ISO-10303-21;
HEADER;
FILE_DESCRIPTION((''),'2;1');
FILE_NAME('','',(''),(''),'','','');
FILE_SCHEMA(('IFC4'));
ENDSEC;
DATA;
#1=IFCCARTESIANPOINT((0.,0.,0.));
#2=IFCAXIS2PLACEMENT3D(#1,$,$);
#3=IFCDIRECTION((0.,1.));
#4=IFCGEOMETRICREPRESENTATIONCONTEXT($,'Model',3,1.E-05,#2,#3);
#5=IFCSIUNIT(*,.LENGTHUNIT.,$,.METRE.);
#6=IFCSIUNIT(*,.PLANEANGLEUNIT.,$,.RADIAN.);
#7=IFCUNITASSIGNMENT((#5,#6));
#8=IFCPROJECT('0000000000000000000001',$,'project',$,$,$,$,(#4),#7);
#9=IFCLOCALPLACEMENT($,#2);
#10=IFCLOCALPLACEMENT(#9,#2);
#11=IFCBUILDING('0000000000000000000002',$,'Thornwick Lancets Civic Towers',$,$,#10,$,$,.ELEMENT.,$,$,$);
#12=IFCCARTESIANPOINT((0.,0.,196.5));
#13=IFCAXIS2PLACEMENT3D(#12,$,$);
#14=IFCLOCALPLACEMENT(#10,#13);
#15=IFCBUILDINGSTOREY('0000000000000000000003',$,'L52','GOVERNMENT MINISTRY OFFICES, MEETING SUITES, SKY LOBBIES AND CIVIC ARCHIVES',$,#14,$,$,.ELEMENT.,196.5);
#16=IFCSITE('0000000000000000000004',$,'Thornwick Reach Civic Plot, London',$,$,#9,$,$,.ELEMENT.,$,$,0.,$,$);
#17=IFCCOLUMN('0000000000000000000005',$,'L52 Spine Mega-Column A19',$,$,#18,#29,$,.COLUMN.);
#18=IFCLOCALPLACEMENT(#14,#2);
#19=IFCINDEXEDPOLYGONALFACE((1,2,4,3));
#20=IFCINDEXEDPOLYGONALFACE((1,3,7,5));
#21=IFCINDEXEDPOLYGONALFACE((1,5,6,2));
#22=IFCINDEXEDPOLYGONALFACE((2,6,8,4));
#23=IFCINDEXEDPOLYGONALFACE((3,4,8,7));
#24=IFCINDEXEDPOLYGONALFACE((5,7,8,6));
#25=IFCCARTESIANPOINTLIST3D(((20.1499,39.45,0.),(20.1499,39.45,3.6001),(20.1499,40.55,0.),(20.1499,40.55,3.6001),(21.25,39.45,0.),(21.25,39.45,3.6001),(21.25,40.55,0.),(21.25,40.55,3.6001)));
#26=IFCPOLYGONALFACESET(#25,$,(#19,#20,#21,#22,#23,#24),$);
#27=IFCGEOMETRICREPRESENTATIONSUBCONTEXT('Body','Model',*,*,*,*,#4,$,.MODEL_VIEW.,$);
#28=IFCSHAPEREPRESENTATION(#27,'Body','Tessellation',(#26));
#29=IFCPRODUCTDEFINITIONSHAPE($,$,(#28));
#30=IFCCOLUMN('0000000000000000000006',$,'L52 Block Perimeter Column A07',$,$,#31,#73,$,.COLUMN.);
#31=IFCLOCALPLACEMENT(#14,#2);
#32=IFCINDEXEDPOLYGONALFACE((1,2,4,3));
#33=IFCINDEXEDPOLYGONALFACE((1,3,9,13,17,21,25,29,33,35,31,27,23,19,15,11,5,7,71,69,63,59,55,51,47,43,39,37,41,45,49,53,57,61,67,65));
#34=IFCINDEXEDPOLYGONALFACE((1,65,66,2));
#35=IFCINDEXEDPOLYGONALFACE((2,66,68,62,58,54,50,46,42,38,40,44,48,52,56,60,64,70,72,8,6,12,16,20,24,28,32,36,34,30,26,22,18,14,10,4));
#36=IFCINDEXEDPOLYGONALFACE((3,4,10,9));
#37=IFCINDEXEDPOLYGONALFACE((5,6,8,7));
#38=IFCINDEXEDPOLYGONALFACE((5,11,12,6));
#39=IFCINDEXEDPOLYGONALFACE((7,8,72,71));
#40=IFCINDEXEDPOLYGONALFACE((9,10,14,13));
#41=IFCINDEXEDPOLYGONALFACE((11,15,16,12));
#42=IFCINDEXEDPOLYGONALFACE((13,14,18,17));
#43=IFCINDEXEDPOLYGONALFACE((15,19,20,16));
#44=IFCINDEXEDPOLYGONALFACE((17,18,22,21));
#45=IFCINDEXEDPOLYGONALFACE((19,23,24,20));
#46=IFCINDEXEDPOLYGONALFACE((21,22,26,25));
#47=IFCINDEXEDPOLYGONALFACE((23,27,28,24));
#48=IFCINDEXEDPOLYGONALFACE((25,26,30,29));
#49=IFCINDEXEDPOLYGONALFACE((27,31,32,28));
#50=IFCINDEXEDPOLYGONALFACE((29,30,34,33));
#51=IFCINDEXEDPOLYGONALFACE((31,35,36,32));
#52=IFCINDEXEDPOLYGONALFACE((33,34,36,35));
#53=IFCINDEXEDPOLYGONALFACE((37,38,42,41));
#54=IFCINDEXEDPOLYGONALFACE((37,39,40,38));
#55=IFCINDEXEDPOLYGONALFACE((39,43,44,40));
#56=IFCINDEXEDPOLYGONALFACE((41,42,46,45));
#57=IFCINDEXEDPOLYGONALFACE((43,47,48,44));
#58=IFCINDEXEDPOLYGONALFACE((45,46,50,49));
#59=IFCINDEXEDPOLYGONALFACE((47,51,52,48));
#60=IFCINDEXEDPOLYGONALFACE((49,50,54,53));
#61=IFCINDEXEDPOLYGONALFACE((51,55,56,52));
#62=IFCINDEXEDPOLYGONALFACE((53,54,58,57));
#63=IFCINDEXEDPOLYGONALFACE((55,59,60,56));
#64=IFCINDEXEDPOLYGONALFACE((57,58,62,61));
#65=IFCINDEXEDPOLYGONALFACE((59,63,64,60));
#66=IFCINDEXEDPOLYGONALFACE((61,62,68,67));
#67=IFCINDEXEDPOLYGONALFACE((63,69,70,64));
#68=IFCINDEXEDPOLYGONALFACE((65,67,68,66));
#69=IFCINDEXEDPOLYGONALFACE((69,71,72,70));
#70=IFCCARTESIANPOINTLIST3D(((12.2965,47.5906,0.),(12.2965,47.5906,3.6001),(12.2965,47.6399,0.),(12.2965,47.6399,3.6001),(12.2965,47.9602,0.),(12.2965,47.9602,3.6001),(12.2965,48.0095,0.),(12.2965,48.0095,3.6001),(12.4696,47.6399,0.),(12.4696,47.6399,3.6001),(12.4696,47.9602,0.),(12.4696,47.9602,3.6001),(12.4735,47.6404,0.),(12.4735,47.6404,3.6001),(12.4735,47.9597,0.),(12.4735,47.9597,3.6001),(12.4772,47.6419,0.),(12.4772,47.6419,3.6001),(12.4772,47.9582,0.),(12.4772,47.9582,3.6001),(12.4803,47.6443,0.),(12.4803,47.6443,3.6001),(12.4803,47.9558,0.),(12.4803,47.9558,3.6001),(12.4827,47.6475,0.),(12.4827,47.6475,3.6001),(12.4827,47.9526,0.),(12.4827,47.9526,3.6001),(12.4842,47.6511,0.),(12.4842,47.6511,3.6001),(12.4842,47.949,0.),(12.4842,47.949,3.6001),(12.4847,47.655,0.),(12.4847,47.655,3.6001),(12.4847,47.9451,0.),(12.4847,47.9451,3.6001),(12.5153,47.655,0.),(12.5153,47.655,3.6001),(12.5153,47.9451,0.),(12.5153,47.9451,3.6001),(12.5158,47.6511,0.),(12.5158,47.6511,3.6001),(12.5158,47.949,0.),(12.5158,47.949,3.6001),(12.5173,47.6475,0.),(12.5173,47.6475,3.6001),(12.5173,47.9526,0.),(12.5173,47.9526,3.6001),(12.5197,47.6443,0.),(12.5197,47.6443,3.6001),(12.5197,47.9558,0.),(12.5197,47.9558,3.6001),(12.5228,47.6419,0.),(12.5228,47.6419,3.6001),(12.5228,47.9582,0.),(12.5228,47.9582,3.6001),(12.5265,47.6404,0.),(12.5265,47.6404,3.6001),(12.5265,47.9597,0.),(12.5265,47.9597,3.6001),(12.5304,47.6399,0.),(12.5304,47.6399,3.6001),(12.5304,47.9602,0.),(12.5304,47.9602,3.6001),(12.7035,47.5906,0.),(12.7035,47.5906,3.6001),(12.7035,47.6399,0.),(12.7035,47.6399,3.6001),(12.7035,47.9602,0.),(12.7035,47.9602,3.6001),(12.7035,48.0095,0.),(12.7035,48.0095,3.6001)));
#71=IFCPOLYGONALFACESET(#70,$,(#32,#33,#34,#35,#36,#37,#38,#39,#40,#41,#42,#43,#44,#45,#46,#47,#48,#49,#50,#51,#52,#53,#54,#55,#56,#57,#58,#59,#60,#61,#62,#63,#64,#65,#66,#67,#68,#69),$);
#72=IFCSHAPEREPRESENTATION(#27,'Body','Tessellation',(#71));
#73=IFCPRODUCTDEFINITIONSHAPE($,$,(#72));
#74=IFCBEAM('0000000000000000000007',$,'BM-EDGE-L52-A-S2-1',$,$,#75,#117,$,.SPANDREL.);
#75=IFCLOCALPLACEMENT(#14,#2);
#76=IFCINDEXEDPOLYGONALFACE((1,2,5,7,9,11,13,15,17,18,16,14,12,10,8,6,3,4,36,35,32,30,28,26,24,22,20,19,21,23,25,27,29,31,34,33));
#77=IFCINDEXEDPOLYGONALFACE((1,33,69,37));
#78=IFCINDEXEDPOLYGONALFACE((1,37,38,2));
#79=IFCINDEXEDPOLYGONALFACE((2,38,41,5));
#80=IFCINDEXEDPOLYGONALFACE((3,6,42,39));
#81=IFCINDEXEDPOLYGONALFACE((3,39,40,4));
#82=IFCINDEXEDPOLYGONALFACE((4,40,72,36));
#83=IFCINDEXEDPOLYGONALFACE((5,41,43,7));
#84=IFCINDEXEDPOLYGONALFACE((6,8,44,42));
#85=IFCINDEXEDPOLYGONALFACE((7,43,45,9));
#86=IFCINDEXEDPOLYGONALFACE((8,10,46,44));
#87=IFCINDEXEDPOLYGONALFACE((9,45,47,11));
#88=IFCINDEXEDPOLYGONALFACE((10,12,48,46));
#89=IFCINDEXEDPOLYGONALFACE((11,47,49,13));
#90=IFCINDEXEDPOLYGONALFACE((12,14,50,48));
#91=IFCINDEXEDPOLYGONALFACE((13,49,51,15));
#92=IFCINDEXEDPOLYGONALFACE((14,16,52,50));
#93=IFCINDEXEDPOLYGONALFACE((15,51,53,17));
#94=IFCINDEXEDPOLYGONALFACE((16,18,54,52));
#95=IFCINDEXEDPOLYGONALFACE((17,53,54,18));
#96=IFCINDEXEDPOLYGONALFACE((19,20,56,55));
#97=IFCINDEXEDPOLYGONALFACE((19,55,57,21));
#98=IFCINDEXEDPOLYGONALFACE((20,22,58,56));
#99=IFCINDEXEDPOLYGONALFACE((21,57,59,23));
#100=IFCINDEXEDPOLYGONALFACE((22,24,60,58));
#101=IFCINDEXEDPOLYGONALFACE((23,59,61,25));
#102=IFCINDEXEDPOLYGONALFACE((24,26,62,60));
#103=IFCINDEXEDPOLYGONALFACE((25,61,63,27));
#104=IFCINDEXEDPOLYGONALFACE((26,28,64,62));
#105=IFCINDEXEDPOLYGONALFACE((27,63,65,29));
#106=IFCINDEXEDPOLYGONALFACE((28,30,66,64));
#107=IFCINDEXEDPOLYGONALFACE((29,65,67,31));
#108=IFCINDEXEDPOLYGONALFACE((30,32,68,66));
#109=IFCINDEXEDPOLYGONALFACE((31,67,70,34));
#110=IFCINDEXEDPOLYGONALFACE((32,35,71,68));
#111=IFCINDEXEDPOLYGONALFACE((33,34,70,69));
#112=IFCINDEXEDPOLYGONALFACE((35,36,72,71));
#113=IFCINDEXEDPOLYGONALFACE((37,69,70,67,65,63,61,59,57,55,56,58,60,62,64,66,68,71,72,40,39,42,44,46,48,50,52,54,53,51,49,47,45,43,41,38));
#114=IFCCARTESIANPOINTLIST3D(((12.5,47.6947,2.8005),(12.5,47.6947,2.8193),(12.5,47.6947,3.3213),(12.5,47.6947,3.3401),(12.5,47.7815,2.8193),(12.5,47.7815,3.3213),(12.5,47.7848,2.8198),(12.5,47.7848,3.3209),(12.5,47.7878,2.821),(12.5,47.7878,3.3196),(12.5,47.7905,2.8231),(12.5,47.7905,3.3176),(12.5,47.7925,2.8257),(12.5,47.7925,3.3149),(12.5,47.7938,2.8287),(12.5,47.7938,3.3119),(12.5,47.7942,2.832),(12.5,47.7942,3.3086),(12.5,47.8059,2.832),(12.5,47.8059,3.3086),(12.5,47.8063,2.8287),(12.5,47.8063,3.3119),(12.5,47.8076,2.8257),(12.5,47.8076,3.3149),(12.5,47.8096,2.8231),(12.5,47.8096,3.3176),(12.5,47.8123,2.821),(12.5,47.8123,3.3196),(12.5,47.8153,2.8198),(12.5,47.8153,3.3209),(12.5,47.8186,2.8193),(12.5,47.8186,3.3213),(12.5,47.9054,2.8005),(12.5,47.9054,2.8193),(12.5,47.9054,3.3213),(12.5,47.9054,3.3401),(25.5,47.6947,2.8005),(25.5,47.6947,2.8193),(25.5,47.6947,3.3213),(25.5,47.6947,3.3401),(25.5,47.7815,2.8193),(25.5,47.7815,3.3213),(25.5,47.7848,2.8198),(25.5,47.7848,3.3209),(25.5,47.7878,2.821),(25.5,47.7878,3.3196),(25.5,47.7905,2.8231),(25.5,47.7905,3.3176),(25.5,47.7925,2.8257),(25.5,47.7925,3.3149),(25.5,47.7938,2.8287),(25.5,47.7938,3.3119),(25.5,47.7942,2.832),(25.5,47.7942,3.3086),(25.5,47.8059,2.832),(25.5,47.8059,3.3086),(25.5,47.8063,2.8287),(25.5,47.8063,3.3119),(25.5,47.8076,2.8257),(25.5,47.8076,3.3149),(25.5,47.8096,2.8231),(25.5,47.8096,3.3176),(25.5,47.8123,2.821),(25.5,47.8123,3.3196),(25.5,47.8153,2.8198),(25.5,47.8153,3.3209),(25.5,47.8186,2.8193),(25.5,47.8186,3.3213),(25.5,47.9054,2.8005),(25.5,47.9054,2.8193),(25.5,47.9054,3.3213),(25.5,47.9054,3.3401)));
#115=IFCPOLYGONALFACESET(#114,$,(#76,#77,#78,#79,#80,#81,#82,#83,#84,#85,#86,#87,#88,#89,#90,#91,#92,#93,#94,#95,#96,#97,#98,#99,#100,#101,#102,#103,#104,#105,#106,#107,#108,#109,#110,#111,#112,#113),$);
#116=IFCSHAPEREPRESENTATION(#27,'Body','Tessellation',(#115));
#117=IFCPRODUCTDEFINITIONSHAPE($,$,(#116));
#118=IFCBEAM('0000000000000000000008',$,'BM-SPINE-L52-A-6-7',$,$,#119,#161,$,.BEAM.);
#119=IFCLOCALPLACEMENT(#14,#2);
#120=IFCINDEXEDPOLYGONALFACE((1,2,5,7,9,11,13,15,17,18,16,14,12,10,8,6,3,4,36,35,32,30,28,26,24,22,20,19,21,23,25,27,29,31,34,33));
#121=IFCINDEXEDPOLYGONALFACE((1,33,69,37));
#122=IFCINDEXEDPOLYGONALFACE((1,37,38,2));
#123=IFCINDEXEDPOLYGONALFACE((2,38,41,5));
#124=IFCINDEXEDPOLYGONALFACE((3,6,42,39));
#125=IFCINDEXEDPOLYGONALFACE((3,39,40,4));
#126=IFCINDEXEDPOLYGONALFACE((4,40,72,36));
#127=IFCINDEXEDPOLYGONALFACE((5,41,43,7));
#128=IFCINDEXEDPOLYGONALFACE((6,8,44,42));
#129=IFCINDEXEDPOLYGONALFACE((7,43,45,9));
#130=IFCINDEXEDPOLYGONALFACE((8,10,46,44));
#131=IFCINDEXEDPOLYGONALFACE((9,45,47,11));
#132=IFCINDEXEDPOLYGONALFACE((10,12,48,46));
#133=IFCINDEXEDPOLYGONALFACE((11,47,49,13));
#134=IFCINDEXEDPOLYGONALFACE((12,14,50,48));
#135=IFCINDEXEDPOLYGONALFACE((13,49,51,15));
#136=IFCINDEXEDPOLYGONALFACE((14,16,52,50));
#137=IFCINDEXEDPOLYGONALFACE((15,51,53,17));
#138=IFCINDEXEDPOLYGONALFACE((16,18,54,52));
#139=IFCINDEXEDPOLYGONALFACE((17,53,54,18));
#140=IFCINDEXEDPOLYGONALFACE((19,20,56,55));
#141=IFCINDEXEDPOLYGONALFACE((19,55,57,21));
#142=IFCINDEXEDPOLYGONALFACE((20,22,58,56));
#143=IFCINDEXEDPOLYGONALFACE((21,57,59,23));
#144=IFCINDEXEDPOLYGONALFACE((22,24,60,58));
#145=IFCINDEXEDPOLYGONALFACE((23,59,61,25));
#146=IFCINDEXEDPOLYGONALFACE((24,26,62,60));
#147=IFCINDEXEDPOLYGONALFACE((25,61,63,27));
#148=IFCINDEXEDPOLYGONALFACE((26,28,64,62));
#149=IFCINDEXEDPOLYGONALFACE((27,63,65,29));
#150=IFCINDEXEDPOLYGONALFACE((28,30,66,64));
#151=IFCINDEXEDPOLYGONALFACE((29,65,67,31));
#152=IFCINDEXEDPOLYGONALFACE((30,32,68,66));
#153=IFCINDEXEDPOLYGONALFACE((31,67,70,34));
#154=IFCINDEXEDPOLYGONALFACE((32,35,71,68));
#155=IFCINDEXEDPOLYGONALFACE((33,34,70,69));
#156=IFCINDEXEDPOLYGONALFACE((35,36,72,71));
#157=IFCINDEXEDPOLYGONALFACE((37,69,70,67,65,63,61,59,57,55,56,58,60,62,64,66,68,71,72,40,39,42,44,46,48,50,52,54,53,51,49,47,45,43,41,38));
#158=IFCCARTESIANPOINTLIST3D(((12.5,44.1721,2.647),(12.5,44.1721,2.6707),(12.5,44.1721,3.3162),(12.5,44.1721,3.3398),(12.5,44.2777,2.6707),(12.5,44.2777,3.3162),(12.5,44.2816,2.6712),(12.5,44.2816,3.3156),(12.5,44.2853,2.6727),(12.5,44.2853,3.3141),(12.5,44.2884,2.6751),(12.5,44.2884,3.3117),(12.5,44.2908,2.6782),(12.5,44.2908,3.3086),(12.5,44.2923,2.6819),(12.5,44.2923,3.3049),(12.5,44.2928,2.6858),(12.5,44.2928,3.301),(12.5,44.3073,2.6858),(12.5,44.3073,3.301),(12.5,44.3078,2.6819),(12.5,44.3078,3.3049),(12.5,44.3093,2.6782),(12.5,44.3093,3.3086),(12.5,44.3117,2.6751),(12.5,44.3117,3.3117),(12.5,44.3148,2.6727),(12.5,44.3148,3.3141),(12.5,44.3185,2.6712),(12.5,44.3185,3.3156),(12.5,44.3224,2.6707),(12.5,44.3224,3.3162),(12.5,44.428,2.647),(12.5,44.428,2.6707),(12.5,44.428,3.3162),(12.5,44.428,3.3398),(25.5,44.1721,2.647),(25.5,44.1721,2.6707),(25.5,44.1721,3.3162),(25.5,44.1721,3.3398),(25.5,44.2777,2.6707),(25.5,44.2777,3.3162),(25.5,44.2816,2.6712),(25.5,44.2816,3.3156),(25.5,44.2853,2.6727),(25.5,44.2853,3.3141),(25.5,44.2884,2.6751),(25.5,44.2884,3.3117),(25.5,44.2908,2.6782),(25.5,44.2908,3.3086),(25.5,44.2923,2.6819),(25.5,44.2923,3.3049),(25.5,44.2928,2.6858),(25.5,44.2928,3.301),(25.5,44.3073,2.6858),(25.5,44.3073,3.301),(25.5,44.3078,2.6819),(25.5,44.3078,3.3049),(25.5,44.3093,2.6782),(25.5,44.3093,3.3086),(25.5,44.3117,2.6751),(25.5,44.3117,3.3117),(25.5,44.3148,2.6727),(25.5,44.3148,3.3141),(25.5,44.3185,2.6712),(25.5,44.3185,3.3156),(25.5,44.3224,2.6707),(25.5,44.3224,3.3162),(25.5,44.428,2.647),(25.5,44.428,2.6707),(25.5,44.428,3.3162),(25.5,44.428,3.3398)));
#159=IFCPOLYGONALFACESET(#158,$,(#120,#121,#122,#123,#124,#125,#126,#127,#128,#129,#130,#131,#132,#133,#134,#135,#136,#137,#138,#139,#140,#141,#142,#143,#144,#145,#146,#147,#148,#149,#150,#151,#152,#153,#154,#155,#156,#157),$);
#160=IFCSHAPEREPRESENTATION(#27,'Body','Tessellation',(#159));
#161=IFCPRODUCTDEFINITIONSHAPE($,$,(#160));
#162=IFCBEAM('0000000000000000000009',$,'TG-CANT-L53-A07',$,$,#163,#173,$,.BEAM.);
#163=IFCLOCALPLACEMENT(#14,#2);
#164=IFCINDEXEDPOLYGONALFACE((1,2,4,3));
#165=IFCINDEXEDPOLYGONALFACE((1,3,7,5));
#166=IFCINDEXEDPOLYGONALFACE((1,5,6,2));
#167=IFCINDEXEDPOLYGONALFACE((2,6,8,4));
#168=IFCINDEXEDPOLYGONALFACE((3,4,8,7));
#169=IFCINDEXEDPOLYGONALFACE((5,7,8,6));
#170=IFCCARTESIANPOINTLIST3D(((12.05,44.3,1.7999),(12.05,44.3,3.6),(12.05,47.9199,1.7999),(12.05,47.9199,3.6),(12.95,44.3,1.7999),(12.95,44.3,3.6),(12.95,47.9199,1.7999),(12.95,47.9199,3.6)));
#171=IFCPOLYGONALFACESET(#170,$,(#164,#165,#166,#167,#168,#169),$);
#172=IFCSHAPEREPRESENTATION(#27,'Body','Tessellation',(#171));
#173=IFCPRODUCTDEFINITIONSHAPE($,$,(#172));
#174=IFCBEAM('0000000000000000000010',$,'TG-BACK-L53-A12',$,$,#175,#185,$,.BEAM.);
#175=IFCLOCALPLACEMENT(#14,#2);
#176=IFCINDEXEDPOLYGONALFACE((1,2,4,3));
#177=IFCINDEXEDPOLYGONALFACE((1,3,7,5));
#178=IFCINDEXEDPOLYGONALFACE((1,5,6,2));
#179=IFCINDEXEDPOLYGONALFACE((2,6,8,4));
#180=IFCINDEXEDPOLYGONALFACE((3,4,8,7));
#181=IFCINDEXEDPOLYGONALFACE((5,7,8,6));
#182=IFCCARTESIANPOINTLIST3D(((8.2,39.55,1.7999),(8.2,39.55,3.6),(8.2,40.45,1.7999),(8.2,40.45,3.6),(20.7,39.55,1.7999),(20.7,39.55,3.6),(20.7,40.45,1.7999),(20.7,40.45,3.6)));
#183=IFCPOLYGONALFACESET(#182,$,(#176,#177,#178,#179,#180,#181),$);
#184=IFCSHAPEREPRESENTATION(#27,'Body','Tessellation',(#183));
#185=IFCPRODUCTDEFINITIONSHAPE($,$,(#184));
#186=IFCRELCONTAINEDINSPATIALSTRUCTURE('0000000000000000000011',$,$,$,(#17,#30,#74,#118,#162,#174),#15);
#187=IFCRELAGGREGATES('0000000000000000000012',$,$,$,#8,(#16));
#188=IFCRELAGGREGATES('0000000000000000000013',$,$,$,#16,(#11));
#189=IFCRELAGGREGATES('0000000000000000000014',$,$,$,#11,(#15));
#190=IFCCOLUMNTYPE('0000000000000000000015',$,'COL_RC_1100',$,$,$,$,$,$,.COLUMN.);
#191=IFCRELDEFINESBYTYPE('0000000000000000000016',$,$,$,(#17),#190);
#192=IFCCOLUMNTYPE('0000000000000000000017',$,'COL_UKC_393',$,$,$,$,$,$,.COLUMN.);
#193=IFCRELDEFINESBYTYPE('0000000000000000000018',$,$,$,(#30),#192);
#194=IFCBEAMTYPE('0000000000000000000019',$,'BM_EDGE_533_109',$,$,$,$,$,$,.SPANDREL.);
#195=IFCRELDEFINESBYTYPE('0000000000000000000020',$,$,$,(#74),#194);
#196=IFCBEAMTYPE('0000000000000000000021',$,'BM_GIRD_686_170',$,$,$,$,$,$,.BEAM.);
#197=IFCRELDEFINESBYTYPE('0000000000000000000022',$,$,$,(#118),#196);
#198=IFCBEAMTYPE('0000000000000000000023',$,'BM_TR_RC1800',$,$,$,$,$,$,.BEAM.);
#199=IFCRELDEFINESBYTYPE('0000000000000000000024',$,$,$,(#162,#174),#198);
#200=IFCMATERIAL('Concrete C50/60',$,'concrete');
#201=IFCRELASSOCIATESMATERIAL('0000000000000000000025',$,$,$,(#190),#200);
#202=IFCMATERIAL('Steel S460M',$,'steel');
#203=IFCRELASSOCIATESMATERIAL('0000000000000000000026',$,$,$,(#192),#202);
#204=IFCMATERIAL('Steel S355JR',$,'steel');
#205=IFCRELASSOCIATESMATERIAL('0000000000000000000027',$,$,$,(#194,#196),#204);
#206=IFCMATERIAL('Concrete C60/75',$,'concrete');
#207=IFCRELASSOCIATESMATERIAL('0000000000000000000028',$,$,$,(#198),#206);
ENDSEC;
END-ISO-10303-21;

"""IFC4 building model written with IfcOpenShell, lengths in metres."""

from ifc_helpers import new_model, si_unit, direction, frame, origin, origin_2d, place, context, subcontext, project, spatial, rectangle, i_section, extrude, material, material_profile, profile_set, type_object, element, save


model = new_model("IFC4")

# Units and contexts
model_context = context("Model", 3, precision=1e-05, world=origin(), true_north=direction((0.0, 1.0)))
body_context = subcontext(model_context, "Body", "Model", "MODEL_VIEW")
ifc_project = project(units=[si_unit("LENGTHUNIT", "METRE"), si_unit("PLANEANGLEUNIT", "RADIAN")], contexts=[model_context])

# Site, building, storey
site_placement = place(None, origin())
site = spatial("IfcSite", under=ifc_project, at=site_placement, Name="Thornwick Reach Civic Plot, London", CompositionType="ELEMENT", RefElevation=0.0)
building_placement = place(site_placement, origin())
building = spatial("IfcBuilding", under=site, at=building_placement, Name="Thornwick Lancets Civic Towers", CompositionType="ELEMENT")
storey_placement = place(building_placement, frame((0.0, 0.0, 196.5)))
storey = spatial("IfcBuildingStorey", under=building, at=storey_placement, Name="L52", Description="GOVERNMENT MINISTRY OFFICES, MEETING SUITES, SKY LOBBIES AND CIVIC ARCHIVES", CompositionType="ELEMENT", Elevation=196.5)

# Columns
ifc_material_1 = material(Name="Concrete C50/60", Category="concrete")
ifc_material_profile_1 = material_profile(ifc_material_1, rectangle(XDim=1.1001, YDim=1.1001, at=origin_2d()), Name="RC 1100x1100")
ifc_profile_set_1 = profile_set([ifc_material_profile_1], Name="Concrete C50/60")
column_type_1 = type_object("IfcColumnType", Name="COL_RC_1100", PredefinedType="COLUMN", material=ifc_profile_set_1)
column_1_placement = place(storey_placement, frame((20.7, 40.0, 0.0), z_axis=(0.0, 0.0, 1.0), x_axis=(1.0, 0.0, 0.0)))
element("IfcColumn", 1, at=column_1_placement, inside=storey, type_object=column_type_1, Name="L52 Spine Mega-Column A19", PredefinedType="COLUMN", context=body_context, shape_type="SweptSolid", body=[
    extrude(rectangle(XDim=1.1001, YDim=1.1001, at=origin_2d()), origin(), (0.0, 0.0, 1.0), 3.6001),
])
ifc_material_2 = material(Name="Steel S460M", Category="steel")
ifc_material_profile_2 = material_profile(ifc_material_2, i_section(OverallWidth=0.407, OverallDepth=0.4189, WebThickness=0.0305, FlangeThickness=0.0493, FilletRadius=0.0151, at=origin_2d()), Name="UKC 356x406x393")
ifc_profile_set_2 = profile_set([ifc_material_profile_2], Name="Steel S460M")
column_type_2 = type_object("IfcColumnType", Name="COL_UKC_393", PredefinedType="COLUMN", material=ifc_profile_set_2)
column_2_placement = place(storey_placement, frame((12.5, 47.8, 0.0), z_axis=(0.0, 0.0, 1.0), x_axis=(1.0, 0.0, 0.0)))
element("IfcColumn", 2, at=column_2_placement, inside=storey, type_object=column_type_2, Name="L52 Block Perimeter Column A07", PredefinedType="COLUMN", context=body_context, shape_type="SweptSolid", body=[
    extrude(i_section(OverallWidth=0.407, OverallDepth=0.4189, WebThickness=0.0305, FlangeThickness=0.0493, FilletRadius=0.0151, at=origin_2d()), origin(), (0.0, 0.0, 1.0), 3.6001),
])

# Beams
ifc_material_3 = material(Name="Steel S355JR", Category="steel")
ifc_material_profile_3 = material_profile(ifc_material_3, i_section(OverallWidth=0.2107, OverallDepth=0.5396, WebThickness=0.0117, FlangeThickness=0.0188, FilletRadius=0.0127, at=origin_2d()), Name="UKB 533x210x109")
ifc_profile_set_3 = profile_set([ifc_material_profile_3], Name="Steel S355JR")
beam_type_1 = type_object("IfcBeamType", Name="BM_EDGE_533_109", PredefinedType="SPANDREL", material=ifc_profile_set_3)
beam_1_placement = place(storey_placement, frame((12.5, 47.8, 3.0703), z_axis=(1.0, 0.0, 0.0), x_axis=(0.0, 1.0, 0.0)))
element("IfcBeam", 3, at=beam_1_placement, inside=storey, type_object=beam_type_1, Name="BM-EDGE-L52-A-S2-1", PredefinedType="SPANDREL", context=body_context, shape_type="SweptSolid", body=[
    extrude(i_section(OverallWidth=0.2107, OverallDepth=0.5396, WebThickness=0.0117, FlangeThickness=0.0188, FilletRadius=0.0127, at=origin_2d()), origin(), (0.0, 0.0, 1.0), 13.0),
])
ifc_material_profile_4 = material_profile(ifc_material_3, i_section(OverallWidth=0.2559, OverallDepth=0.6929, WebThickness=0.0144, FlangeThickness=0.0237, FilletRadius=0.0151, at=origin_2d()), Name="UKB 686x254x170")
ifc_profile_set_4 = profile_set([ifc_material_profile_4], Name="Steel S355JR")
beam_type_2 = type_object("IfcBeamType", Name="BM_GIRD_686_170", PredefinedType="BEAM", material=ifc_profile_set_4)
beam_2_placement = place(storey_placement, frame((12.5, 44.3, 2.9934), z_axis=(1.0, 0.0, 0.0), x_axis=(0.0, 1.0, 0.0)))
element("IfcBeam", 4, at=beam_2_placement, inside=storey, type_object=beam_type_2, Name="BM-SPINE-L52-A-6-7", PredefinedType="BEAM", context=body_context, shape_type="SweptSolid", body=[
    extrude(i_section(OverallWidth=0.2559, OverallDepth=0.6929, WebThickness=0.0144, FlangeThickness=0.0237, FilletRadius=0.0151, at=origin_2d()), origin(), (0.0, 0.0, 1.0), 13.0),
])
ifc_material_4 = material(Name="Concrete C60/75", Category="concrete")
ifc_material_profile_5 = material_profile(ifc_material_4, rectangle(XDim=0.8999, YDim=1.8, at=origin_2d()), Name="RC 900x1800")
ifc_profile_set_5 = profile_set([ifc_material_profile_5], Name="Concrete C60/75")
beam_type_3 = type_object("IfcBeamType", Name="BM_TR_RC1800", PredefinedType="BEAM", material=ifc_profile_set_5)
beam_3_placement = place(storey_placement, frame((12.5, 44.3, 2.7), z_axis=(0.0, 1.0, 0.0), x_axis=(-1.0, 0.0, 0.0)))
element("IfcBeam", 5, at=beam_3_placement, inside=storey, type_object=beam_type_3, Name="TG-CANT-L53-A07", PredefinedType="BEAM", context=body_context, shape_type="SweptSolid", body=[
    extrude(rectangle(XDim=0.8999, YDim=1.8, at=origin_2d()), origin(), (0.0, 0.0, 1.0), 3.6199),
])
beam_4_placement = place(storey_placement, frame((20.7, 40.0, 2.7), z_axis=(-1.0, 0.0, 0.0), x_axis=(0.0, -1.0, 0.0)))
element("IfcBeam", 6, at=beam_4_placement, inside=storey, type_object=beam_type_3, Name="TG-BACK-L53-A12", PredefinedType="BEAM", context=body_context, shape_type="SweptSolid", body=[
    extrude(rectangle(XDim=0.8999, YDim=1.8, at=origin_2d()), origin(), (0.0, 0.0, 1.0), 12.5),
])

save(model, "model.ifc")
